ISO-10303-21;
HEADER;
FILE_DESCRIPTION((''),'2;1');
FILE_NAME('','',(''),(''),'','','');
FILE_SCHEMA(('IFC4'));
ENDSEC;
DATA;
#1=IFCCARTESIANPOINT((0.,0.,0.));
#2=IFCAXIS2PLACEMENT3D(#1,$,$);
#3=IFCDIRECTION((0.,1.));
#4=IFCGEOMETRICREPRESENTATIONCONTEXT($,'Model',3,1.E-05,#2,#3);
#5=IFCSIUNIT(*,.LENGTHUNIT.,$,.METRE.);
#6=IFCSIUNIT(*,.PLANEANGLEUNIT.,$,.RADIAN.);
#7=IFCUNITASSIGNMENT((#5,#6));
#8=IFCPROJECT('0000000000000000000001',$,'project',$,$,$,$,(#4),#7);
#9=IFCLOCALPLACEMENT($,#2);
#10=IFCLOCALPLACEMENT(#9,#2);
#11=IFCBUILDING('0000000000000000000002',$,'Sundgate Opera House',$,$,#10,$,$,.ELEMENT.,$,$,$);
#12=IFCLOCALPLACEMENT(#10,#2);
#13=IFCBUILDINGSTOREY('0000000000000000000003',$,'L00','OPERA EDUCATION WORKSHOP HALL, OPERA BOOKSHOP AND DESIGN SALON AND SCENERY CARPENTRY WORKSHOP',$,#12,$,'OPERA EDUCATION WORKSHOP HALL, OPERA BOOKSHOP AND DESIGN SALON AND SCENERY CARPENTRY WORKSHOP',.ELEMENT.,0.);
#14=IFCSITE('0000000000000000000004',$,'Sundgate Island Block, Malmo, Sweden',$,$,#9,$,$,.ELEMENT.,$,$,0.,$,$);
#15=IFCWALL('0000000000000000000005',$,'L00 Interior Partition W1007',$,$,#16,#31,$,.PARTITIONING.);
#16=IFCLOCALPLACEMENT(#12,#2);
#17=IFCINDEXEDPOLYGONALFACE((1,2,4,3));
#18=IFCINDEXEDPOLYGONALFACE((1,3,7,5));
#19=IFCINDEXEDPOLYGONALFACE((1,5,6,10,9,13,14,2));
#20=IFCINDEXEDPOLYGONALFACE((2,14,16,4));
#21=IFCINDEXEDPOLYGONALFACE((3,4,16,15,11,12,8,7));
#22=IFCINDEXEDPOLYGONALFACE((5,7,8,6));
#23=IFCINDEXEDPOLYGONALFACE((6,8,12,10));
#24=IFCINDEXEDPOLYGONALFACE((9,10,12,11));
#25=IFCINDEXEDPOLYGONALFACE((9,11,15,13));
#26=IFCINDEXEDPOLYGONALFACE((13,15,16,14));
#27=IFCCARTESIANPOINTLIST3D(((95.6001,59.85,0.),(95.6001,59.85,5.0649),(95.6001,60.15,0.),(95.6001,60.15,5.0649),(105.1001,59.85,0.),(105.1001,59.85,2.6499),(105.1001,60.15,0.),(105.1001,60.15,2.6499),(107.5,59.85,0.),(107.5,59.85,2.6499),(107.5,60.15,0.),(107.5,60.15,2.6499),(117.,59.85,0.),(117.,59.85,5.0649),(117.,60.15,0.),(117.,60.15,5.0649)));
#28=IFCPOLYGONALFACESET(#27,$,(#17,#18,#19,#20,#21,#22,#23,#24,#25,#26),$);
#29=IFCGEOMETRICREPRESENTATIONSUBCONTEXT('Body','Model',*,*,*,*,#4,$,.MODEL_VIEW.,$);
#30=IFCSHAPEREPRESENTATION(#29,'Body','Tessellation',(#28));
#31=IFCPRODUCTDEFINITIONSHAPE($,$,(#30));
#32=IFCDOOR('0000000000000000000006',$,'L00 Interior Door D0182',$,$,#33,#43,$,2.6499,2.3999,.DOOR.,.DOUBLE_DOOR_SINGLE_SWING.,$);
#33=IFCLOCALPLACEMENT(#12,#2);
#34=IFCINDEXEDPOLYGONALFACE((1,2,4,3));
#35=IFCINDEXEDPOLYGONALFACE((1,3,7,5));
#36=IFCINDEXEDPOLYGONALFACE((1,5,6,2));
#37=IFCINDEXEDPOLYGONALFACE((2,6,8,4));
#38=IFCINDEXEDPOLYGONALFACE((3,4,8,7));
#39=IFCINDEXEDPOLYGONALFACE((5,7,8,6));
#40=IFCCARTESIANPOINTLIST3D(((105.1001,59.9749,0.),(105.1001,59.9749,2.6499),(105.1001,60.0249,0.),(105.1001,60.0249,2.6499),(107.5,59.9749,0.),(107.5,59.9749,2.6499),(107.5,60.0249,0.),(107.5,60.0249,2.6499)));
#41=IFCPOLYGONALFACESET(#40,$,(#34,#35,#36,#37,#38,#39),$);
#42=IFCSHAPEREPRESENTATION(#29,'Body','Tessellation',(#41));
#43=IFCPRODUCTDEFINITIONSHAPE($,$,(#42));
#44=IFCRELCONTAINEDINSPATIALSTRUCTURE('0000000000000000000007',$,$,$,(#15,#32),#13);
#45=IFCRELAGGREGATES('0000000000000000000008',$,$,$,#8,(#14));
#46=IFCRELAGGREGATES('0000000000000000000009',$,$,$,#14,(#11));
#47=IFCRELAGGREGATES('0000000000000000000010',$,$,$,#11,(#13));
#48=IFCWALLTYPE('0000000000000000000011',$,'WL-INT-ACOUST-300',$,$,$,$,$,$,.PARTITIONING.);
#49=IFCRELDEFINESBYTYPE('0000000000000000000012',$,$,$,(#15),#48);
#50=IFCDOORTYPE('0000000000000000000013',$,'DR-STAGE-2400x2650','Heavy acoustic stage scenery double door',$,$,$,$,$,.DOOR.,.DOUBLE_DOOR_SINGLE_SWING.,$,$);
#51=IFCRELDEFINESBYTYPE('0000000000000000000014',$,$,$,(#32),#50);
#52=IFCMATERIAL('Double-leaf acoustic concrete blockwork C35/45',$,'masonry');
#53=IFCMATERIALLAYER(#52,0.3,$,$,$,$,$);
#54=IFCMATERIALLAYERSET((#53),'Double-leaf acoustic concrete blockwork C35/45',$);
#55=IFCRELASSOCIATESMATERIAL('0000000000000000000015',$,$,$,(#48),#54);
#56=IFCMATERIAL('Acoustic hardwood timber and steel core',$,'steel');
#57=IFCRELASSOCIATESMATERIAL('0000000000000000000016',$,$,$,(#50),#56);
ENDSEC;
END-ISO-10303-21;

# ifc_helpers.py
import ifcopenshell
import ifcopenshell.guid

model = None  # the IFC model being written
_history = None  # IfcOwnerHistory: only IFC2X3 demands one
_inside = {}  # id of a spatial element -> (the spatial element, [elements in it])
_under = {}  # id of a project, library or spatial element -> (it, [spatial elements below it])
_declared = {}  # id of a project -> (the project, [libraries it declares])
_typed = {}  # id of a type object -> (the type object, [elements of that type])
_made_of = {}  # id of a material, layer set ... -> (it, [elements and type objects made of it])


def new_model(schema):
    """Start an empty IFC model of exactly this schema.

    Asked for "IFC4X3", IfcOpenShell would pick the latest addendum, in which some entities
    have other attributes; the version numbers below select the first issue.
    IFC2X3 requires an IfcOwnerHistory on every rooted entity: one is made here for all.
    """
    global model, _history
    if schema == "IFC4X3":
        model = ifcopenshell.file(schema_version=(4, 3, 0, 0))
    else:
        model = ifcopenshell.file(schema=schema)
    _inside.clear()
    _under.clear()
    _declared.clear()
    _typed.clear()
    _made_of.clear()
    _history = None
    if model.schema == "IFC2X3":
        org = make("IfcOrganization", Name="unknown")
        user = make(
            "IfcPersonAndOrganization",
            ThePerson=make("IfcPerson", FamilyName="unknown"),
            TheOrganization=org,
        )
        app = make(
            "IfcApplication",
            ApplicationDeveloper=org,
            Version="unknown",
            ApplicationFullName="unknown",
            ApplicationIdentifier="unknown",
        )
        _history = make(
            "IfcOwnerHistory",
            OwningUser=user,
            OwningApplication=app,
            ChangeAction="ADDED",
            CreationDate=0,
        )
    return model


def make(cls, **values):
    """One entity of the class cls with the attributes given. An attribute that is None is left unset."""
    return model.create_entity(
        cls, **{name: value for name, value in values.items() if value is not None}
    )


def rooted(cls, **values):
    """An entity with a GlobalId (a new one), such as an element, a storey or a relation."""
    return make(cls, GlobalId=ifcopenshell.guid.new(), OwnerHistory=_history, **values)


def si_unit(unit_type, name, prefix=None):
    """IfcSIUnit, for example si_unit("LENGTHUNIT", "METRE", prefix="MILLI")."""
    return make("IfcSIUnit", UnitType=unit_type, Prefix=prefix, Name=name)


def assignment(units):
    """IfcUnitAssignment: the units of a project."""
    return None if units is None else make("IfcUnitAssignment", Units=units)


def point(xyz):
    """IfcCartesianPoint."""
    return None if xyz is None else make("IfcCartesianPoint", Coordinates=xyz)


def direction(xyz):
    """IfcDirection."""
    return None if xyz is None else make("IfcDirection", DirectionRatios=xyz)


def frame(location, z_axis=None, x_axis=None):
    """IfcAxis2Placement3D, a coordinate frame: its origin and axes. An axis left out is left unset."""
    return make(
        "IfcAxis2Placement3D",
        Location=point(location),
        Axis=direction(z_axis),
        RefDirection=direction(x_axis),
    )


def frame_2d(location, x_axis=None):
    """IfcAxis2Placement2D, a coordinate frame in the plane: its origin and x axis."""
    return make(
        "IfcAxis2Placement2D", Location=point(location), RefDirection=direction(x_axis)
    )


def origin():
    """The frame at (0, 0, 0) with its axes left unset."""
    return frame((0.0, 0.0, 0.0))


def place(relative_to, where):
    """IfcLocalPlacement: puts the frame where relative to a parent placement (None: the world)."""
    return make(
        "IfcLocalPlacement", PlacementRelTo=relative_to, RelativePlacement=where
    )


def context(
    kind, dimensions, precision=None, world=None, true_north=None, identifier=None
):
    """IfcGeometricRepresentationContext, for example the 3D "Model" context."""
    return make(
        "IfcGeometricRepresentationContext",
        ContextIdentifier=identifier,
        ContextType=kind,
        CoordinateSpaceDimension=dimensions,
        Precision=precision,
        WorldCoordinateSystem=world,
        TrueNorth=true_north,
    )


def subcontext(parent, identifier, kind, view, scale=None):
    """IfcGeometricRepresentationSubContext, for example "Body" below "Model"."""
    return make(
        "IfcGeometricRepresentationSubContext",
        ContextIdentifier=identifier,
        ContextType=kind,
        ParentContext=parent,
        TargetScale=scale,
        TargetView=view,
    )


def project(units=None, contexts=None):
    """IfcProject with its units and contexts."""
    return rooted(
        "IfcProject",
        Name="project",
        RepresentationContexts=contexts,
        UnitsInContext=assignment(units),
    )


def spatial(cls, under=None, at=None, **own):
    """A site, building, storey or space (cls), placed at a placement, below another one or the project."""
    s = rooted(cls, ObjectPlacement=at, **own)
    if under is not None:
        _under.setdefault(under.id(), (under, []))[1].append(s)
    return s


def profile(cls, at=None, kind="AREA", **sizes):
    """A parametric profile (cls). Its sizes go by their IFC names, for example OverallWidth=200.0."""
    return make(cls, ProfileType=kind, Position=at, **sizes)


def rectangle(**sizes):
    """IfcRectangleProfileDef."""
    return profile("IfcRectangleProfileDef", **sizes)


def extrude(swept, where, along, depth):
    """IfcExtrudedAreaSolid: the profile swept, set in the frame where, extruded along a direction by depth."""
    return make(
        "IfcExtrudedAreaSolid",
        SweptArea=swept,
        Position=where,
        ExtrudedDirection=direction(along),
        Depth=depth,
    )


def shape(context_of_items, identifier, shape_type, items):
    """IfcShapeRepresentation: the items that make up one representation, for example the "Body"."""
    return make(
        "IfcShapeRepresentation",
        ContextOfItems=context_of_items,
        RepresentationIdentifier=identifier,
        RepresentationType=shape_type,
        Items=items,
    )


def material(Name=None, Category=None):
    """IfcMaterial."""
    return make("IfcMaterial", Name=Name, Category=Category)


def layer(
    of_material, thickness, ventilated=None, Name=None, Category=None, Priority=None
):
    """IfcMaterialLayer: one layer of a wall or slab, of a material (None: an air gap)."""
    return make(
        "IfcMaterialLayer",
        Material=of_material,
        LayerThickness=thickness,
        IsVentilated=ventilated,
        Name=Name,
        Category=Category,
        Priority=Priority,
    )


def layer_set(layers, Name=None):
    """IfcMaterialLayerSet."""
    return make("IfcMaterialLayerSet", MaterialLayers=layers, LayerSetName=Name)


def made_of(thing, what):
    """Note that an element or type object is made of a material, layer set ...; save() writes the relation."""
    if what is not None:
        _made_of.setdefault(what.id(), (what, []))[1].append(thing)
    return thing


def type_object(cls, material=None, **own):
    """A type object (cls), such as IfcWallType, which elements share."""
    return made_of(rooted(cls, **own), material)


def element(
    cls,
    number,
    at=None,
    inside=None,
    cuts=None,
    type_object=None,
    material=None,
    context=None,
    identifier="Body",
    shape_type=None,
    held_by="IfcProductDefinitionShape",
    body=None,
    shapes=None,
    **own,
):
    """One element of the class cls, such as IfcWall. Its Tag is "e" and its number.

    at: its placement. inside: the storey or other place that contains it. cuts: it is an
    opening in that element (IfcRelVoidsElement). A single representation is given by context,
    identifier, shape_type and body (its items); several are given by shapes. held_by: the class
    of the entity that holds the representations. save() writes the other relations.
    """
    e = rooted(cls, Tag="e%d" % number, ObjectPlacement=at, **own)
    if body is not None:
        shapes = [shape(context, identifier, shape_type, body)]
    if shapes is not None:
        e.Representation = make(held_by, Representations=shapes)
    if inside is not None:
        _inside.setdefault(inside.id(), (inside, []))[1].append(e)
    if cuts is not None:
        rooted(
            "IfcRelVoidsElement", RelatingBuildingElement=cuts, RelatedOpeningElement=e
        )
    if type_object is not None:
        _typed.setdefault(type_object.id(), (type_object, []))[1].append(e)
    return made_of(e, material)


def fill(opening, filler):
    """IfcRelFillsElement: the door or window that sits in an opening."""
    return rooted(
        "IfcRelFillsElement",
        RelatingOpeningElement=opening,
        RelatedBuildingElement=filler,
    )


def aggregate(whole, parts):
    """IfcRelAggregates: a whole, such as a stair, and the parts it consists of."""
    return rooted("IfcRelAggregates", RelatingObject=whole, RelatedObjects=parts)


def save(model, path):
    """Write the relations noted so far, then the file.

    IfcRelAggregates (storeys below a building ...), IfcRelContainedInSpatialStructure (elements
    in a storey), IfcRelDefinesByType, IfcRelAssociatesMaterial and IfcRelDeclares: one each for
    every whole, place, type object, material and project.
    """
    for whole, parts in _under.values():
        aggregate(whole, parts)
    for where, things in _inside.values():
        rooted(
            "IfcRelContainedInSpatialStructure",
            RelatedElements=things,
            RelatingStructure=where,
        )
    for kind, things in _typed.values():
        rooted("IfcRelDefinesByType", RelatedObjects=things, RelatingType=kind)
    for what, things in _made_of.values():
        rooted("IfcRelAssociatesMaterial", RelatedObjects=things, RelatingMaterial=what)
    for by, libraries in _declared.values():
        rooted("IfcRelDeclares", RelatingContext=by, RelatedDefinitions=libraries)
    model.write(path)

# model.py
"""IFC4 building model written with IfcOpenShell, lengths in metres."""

from ifc_helpers import new_model, si_unit, direction, frame, frame_2d, origin, place, context, subcontext, project, spatial, rectangle, extrude, material, layer, layer_set, type_object, element, fill, save


model = new_model("IFC4")

# Units and contexts
model_context = context("Model", 3, precision=1e-05, world=origin(), true_north=direction((0.0, 1.0)))
body_context = subcontext(model_context, "Body", "Model", "MODEL_VIEW")
ifc_project = project(units=[si_unit("LENGTHUNIT", "METRE"), si_unit("PLANEANGLEUNIT", "RADIAN")], contexts=[model_context])

# Site, building, storey
site_placement = place(None, origin())
site = spatial("IfcSite", under=ifc_project, at=site_placement, Name="Sundgate Island Block, Malmo, Sweden", CompositionType="ELEMENT", RefElevation=0.0)
building_placement = place(site_placement, origin())
building = spatial("IfcBuilding", under=site, at=building_placement, Name="Sundgate Opera House", CompositionType="ELEMENT")
storey_placement = place(building_placement, origin())
storey = spatial("IfcBuildingStorey", under=building, at=storey_placement, Name="L00", Description="OPERA EDUCATION WORKSHOP HALL, OPERA BOOKSHOP AND DESIGN SALON AND SCENERY CARPENTRY WORKSHOP", LongName="OPERA EDUCATION WORKSHOP HALL, OPERA BOOKSHOP AND DESIGN SALON AND SCENERY CARPENTRY WORKSHOP", CompositionType="ELEMENT", Elevation=0.0)

# Wall, opening, door
ifc_material_1 = material(Name="Double-leaf acoustic concrete blockwork C35/45", Category="masonry")
ifc_layer_1 = layer(ifc_material_1, 0.3)
ifc_layer_set_1 = layer_set([ifc_layer_1], Name="Double-leaf acoustic concrete blockwork C35/45")
wall_type = type_object("IfcWallType", Name="WL-INT-ACOUST-300", PredefinedType="PARTITIONING", material=ifc_layer_set_1)
wall_placement = place(storey_placement, frame((95.6001, 60.0, 0.0), z_axis=(0.0, 0.0, 1.0), x_axis=(1.0, 0.0, 0.0)))
wall = element("IfcWall", 1, at=wall_placement, inside=storey, type_object=wall_type, Name="L00 Interior Partition W1007", PredefinedType="PARTITIONING", context=body_context, shape_type="SweptSolid", body=[
    extrude(rectangle(XDim=21.3999, YDim=0.3, at=frame_2d((10.7, 0.0))), origin(), (0.0, 0.0, 1.0), 5.0649),
])
opening_placement = place(wall_placement, frame((9.5, 0.0, 0.0)))
opening = element("IfcOpeningElement", 2, at=opening_placement, cuts=wall, PredefinedType="OPENING", context=body_context, shape_type="SweptSolid", body=[
    extrude(rectangle(XDim=2.3999, YDim=2.6499, at=frame_2d((1.2, 1.325))), frame((0.0, 0.1599, 0.0), z_axis=(0.0, -1.0, 0.0), x_axis=(1.0, 0.0, 0.0)), (0.0, 0.0, 1.0), 0.3201),
])
ifc_material_2 = material(Name="Acoustic hardwood timber and steel core", Category="steel")
door_type = type_object("IfcDoorType", Name="DR-STAGE-2400x2650", Description="Heavy acoustic stage scenery double door", OperationType="DOUBLE_DOOR_SINGLE_SWING", PredefinedType="DOOR", material=ifc_material_2)
door_placement = place(opening_placement, origin())
door = element("IfcDoor", 3, at=door_placement, inside=storey, type_object=door_type, Name="L00 Interior Door D0182", OperationType="DOUBLE_DOOR_SINGLE_SWING", OverallHeight=2.6499, OverallWidth=2.3999, PredefinedType="DOOR", context=body_context, shape_type="SweptSolid", body=[
    extrude(rectangle(XDim=2.3999, YDim=2.6499, at=frame_2d((1.2, 1.325))), frame((0.0, 0.0249, 0.0), z_axis=(0.0, -1.0, 0.0), x_axis=(1.0, 0.0, 0.0)), (0.0, 0.0, 1.0), 0.05),
])
fill(opening, door)

save(model, "model.ifc")
